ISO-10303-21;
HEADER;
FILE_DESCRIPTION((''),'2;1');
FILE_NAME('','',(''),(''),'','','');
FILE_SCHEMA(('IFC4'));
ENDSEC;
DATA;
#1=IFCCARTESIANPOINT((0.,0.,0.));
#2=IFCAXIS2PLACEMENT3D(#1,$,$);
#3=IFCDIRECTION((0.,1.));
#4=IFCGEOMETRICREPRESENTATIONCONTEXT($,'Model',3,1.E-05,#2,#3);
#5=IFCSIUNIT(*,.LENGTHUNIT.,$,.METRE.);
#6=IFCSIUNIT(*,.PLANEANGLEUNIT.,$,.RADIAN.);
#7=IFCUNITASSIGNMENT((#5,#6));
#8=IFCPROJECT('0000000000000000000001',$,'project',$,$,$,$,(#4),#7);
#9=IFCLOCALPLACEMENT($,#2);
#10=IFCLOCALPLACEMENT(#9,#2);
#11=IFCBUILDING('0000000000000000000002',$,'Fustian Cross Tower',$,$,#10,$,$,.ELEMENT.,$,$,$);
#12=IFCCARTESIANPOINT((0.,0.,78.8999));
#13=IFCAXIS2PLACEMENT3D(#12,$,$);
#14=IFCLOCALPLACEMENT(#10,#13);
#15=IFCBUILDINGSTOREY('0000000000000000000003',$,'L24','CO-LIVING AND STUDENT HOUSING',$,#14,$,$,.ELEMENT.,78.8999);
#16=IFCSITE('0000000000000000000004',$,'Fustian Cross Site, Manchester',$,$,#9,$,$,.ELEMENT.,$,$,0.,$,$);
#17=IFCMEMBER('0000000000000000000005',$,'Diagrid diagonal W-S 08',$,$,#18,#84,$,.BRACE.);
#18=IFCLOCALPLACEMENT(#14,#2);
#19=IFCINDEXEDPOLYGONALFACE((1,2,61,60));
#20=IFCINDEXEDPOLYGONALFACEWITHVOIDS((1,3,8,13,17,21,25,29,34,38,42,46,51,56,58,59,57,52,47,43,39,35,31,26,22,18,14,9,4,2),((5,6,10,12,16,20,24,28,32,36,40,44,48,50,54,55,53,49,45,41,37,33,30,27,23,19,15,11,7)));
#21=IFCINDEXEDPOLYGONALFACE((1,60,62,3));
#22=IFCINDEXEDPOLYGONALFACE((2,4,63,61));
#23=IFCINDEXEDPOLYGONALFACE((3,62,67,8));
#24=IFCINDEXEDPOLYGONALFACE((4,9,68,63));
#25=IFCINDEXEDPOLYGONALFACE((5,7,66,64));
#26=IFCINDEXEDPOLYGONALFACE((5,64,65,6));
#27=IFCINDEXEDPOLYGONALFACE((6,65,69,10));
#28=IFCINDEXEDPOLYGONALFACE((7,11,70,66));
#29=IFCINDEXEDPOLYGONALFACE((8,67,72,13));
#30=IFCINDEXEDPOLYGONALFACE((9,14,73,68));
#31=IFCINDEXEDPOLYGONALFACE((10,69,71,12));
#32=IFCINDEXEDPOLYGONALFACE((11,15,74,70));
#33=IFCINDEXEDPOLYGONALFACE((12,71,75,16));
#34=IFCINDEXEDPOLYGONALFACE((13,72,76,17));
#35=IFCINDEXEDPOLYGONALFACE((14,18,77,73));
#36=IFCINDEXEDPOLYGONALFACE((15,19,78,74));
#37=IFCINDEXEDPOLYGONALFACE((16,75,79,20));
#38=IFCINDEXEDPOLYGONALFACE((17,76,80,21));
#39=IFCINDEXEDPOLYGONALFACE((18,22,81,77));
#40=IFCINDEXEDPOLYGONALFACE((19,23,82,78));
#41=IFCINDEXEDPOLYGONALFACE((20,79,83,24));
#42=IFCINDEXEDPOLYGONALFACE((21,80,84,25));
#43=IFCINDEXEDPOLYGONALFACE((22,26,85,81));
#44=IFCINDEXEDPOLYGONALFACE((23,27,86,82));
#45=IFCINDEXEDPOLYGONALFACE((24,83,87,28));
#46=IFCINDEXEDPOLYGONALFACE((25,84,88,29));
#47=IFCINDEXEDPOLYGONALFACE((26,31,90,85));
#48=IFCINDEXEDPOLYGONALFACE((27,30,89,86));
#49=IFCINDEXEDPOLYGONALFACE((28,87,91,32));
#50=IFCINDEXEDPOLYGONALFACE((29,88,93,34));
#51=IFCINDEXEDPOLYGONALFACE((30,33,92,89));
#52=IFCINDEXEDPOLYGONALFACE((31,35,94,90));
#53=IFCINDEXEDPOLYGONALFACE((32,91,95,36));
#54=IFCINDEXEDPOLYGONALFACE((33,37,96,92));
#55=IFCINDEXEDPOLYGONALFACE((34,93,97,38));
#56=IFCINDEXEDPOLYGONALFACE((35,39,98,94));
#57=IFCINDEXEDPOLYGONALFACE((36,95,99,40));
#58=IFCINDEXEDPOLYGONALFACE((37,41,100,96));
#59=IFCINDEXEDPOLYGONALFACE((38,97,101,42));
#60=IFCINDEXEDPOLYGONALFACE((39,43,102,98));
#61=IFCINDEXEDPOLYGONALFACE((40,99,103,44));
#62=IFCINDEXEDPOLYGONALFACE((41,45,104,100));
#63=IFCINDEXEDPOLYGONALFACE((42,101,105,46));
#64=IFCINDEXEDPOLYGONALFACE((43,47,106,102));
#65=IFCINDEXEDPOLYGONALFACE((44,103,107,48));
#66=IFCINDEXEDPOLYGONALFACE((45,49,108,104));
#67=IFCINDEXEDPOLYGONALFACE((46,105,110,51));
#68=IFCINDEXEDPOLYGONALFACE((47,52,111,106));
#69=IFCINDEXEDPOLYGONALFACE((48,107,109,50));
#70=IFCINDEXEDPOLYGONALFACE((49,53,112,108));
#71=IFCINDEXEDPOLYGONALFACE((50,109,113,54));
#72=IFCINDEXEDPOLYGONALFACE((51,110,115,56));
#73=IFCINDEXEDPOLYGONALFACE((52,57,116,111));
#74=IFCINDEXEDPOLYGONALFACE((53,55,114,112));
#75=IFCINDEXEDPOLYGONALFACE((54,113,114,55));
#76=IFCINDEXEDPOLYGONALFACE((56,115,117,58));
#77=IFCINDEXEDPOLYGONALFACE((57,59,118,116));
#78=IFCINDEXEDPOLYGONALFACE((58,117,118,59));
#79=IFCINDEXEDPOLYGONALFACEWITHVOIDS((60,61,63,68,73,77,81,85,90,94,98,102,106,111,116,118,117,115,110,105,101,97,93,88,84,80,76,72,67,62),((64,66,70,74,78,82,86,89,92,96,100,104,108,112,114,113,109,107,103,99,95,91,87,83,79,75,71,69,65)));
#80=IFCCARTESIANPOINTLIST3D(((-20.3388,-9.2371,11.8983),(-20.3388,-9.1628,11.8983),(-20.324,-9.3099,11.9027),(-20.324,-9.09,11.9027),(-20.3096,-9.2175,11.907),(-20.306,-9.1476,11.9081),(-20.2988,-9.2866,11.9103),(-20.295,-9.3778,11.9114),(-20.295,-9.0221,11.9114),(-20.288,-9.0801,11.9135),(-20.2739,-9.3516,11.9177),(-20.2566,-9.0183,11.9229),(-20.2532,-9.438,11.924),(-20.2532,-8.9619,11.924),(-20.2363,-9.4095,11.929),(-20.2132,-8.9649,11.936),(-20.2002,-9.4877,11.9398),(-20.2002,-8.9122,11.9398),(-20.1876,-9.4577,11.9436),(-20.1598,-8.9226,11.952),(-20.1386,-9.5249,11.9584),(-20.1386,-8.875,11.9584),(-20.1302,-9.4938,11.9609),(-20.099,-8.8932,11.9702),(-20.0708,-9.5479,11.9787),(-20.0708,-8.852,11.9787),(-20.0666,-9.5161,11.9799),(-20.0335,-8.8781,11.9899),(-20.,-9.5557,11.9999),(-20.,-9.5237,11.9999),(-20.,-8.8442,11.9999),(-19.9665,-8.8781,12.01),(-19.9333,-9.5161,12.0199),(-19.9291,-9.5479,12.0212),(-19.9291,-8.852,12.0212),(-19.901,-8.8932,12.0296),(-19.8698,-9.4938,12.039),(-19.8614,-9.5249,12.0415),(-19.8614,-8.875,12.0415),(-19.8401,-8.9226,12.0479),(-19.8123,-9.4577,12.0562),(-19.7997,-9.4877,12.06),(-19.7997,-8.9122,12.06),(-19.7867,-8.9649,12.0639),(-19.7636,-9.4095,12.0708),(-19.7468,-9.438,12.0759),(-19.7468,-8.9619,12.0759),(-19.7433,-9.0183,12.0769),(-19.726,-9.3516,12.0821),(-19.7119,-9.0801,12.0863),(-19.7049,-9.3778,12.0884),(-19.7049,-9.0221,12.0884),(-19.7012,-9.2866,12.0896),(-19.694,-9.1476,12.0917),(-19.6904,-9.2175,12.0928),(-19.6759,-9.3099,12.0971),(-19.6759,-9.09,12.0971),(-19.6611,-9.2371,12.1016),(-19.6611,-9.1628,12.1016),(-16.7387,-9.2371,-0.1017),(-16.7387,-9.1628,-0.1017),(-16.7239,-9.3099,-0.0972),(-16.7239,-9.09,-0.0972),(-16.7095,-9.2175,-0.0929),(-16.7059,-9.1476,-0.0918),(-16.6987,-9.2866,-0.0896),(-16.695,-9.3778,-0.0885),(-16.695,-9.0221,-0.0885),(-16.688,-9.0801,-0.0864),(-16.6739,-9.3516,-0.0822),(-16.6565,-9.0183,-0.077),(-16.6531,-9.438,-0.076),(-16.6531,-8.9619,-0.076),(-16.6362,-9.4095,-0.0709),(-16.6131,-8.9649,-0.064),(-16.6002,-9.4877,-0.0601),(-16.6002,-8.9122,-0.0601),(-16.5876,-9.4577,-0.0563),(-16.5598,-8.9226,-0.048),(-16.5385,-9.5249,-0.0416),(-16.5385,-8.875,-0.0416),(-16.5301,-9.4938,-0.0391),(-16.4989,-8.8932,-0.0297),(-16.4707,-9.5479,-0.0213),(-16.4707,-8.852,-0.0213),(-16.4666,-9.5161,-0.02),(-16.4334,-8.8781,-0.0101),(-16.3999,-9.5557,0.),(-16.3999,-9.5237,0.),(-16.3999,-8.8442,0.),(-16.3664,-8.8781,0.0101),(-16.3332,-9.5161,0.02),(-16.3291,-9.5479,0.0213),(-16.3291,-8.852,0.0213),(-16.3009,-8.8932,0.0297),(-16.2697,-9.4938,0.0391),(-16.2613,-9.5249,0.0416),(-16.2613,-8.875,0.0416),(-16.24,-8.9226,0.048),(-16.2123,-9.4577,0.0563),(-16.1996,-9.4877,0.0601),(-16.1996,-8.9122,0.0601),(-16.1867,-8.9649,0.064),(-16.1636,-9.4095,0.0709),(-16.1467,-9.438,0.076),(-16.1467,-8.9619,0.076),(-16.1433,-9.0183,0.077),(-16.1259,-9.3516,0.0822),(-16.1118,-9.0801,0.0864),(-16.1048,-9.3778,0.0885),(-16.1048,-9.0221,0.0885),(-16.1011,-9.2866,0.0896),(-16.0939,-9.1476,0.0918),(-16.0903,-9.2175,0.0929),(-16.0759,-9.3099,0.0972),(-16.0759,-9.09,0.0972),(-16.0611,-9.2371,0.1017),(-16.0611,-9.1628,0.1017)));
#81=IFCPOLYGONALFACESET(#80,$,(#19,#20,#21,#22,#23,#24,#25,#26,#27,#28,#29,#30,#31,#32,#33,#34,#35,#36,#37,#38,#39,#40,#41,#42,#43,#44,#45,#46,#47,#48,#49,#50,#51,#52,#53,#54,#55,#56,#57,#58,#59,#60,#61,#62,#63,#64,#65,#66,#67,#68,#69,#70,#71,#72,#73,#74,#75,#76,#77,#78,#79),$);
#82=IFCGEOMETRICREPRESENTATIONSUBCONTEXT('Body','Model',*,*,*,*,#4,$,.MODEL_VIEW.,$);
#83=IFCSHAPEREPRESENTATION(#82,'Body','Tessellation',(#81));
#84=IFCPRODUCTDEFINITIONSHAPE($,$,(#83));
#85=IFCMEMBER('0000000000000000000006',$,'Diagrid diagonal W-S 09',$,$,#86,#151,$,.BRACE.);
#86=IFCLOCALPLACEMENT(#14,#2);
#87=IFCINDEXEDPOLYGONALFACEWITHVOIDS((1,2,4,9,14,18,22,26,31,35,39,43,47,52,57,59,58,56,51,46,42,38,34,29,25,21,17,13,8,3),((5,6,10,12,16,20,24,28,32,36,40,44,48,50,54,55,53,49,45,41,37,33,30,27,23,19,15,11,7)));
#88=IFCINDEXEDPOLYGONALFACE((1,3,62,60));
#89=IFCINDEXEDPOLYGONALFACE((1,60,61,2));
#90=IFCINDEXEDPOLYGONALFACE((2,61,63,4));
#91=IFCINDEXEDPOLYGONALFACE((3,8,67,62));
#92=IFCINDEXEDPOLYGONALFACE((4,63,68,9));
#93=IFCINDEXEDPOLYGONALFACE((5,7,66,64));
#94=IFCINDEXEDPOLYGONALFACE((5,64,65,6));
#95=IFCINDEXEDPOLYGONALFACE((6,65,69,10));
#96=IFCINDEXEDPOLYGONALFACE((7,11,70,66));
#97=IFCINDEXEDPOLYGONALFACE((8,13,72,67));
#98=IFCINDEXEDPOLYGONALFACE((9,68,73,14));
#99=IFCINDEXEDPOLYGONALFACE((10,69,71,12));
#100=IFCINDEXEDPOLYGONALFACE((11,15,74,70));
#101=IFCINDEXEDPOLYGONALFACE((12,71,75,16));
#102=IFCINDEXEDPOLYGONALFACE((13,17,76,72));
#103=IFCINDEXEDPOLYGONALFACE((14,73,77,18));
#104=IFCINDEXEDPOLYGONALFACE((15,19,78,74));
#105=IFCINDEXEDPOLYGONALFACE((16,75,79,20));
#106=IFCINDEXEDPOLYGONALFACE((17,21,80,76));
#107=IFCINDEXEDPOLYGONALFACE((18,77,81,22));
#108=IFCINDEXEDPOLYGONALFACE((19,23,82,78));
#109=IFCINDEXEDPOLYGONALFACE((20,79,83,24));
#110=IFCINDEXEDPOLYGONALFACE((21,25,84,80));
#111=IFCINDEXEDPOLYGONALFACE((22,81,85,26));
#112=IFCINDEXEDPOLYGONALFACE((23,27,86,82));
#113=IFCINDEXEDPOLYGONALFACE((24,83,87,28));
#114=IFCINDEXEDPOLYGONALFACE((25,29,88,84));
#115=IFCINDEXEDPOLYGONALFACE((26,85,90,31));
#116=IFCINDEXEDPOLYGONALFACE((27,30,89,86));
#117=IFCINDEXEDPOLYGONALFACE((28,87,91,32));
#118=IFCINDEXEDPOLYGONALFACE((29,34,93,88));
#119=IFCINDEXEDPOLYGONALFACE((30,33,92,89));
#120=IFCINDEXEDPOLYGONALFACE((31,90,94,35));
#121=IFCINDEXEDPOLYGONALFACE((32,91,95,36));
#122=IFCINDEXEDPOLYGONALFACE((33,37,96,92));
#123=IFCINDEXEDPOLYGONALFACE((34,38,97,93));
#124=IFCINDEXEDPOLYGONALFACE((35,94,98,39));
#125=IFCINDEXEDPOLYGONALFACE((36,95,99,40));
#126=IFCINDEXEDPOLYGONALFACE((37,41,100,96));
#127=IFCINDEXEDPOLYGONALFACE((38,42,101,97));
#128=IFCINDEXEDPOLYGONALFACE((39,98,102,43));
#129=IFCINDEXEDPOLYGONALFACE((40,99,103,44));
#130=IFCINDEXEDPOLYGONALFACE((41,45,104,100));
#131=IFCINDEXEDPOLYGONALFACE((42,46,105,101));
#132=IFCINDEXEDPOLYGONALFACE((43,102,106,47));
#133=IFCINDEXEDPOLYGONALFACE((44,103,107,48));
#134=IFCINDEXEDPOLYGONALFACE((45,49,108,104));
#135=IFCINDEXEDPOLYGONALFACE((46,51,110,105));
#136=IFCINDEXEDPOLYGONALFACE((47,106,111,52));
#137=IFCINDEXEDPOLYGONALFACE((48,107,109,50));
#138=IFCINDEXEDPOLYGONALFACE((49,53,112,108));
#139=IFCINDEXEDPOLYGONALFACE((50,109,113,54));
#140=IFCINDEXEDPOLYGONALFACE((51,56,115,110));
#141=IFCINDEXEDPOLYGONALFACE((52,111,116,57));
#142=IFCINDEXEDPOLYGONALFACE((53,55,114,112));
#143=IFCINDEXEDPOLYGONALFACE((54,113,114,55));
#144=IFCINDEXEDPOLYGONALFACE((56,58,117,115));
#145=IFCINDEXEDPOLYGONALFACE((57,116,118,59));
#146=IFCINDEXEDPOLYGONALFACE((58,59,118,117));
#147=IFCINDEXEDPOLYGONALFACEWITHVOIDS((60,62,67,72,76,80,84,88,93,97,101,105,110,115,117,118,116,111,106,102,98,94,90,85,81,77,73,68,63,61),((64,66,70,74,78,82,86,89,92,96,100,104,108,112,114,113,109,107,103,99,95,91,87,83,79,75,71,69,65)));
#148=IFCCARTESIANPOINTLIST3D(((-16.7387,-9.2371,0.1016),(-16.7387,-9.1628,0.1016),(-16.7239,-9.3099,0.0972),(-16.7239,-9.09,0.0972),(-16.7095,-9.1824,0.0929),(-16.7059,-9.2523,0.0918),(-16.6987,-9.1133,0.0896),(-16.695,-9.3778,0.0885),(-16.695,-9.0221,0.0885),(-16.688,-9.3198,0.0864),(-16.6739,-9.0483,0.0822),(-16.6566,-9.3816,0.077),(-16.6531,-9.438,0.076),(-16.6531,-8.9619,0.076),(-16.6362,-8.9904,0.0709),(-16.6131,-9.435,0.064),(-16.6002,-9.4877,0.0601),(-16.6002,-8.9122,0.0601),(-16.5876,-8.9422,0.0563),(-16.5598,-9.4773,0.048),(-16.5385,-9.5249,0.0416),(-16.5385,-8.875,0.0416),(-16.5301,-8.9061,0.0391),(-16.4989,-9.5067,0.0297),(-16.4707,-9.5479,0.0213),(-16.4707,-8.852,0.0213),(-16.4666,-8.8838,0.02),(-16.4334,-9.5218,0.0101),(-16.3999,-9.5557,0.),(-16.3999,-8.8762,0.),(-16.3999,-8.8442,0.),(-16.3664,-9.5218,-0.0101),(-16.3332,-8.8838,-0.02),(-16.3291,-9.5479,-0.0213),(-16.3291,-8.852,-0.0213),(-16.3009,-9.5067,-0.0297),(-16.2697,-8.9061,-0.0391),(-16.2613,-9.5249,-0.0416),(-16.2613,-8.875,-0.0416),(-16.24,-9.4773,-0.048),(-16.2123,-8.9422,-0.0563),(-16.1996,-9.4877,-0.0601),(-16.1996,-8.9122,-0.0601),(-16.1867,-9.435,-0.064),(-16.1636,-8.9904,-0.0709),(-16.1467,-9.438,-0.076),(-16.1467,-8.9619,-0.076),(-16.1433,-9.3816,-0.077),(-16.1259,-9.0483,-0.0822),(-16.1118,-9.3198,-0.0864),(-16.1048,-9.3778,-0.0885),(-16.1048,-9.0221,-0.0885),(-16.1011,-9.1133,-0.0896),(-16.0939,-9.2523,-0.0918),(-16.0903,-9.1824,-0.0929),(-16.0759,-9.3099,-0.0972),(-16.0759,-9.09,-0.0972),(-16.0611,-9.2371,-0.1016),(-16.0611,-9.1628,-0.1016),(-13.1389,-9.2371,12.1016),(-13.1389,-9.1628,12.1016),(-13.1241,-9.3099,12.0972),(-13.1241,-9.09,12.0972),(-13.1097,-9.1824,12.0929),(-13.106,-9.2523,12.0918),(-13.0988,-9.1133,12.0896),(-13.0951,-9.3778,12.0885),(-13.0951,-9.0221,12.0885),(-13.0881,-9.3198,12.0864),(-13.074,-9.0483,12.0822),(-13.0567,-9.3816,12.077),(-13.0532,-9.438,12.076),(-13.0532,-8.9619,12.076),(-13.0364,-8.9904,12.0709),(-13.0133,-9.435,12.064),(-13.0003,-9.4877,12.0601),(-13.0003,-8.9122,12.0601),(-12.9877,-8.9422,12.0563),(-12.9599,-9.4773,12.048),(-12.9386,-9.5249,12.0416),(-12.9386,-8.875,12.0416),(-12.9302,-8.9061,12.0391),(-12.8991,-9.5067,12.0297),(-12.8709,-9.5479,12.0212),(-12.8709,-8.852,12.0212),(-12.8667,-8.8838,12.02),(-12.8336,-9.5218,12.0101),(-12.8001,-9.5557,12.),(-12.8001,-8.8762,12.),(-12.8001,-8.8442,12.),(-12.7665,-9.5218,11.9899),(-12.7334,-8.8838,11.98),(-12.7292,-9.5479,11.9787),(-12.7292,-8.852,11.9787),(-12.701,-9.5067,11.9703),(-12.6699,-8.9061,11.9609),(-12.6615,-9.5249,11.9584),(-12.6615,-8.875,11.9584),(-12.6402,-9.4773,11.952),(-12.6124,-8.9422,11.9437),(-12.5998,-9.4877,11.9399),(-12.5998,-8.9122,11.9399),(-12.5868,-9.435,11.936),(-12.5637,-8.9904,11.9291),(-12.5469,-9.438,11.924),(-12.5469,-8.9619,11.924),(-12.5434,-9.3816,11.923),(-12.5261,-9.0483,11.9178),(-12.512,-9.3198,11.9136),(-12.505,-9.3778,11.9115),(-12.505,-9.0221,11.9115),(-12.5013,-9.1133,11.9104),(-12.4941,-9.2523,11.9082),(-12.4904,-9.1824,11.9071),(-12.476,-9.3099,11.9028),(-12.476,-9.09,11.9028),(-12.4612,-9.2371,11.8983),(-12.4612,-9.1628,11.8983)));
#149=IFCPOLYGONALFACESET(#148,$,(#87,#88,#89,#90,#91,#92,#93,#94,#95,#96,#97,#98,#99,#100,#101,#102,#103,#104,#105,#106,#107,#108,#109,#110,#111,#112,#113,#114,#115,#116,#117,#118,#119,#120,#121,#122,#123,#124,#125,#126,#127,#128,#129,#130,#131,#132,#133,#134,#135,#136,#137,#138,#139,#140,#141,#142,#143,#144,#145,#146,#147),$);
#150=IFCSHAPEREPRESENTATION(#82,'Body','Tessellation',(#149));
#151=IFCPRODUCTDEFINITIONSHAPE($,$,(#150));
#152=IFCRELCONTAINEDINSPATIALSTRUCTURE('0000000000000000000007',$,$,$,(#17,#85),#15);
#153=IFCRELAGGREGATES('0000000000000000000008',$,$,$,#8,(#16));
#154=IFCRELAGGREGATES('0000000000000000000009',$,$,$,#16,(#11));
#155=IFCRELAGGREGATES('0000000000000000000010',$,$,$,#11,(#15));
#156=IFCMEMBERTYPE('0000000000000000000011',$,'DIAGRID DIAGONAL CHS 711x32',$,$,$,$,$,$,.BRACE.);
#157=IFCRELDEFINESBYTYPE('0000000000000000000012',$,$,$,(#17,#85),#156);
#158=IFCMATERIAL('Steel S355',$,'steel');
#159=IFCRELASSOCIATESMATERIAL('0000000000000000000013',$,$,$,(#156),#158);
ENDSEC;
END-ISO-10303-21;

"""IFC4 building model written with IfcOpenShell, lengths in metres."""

from ifc_helpers import new_model, si_unit, direction, frame, origin, origin_2d, place, context, subcontext, project, spatial, hollow_circle, extrude, material, material_profile, profile_set, type_object, element, save


model = new_model("IFC4")

# Units and contexts
model_context = context("Model", 3, precision=1e-05, world=origin(), true_north=direction((0.0, 1.0)))
body_context = subcontext(model_context, "Body", "Model", "MODEL_VIEW")
ifc_project = project(units=[si_unit("LENGTHUNIT", "METRE"), si_unit("PLANEANGLEUNIT", "RADIAN")], contexts=[model_context])

# Site, building, storey
site_placement = place(None, origin())
site = spatial("IfcSite", under=ifc_project, at=site_placement, Name="Fustian Cross Site, Manchester", CompositionType="ELEMENT", RefElevation=0.0)
building_placement = place(site_placement, origin())
building = spatial("IfcBuilding", under=site, at=building_placement, Name="Fustian Cross Tower", CompositionType="ELEMENT")
storey_placement = place(building_placement, frame((0.0, 0.0, 78.8999)))
storey = spatial("IfcBuildingStorey", under=building, at=storey_placement, Name="L24", Description="CO-LIVING AND STUDENT HOUSING", CompositionType="ELEMENT", Elevation=78.8999)

# Members
ifc_material_1 = material(Name="Steel S355", Category="steel")
ifc_material_profile_1 = material_profile(ifc_material_1, hollow_circle(Radius=0.3557, WallThickness=0.032, at=origin_2d()), Name="CHS 711x32")
ifc_profile_set_1 = profile_set([ifc_material_profile_1], Name="Steel S355")
member_type_1 = type_object("IfcMemberType", Name="DIAGRID DIAGONAL CHS 711x32", PredefinedType="BRACE", material=ifc_profile_set_1)
for number, where, z_axis, x_axis, name in (
    (1, (-16.3999, -9.2, 0.0), (-0.287355, 0.0, 0.957824), (0.0, -1.0, 0.0), "Diagrid diagonal W-S 08"),
    (2, (-16.3999, -9.2, 0.0), (0.287337, 0.0, 0.95783), (0.0, 1.0, 0.0), "Diagrid diagonal W-S 09"),
):
    element("IfcMember", number, at=place(storey_placement, frame(where, z_axis=z_axis, x_axis=x_axis)), inside=storey, type_object=member_type_1, Name=name, PredefinedType="BRACE", context=body_context, shape_type="SweptSolid", body=[
        extrude(hollow_circle(Radius=0.3557, WallThickness=0.032, at=origin_2d()), origin(), (0.0, 0.0, 1.0), 12.5283),
    ])

save(model, "model.ifc")
